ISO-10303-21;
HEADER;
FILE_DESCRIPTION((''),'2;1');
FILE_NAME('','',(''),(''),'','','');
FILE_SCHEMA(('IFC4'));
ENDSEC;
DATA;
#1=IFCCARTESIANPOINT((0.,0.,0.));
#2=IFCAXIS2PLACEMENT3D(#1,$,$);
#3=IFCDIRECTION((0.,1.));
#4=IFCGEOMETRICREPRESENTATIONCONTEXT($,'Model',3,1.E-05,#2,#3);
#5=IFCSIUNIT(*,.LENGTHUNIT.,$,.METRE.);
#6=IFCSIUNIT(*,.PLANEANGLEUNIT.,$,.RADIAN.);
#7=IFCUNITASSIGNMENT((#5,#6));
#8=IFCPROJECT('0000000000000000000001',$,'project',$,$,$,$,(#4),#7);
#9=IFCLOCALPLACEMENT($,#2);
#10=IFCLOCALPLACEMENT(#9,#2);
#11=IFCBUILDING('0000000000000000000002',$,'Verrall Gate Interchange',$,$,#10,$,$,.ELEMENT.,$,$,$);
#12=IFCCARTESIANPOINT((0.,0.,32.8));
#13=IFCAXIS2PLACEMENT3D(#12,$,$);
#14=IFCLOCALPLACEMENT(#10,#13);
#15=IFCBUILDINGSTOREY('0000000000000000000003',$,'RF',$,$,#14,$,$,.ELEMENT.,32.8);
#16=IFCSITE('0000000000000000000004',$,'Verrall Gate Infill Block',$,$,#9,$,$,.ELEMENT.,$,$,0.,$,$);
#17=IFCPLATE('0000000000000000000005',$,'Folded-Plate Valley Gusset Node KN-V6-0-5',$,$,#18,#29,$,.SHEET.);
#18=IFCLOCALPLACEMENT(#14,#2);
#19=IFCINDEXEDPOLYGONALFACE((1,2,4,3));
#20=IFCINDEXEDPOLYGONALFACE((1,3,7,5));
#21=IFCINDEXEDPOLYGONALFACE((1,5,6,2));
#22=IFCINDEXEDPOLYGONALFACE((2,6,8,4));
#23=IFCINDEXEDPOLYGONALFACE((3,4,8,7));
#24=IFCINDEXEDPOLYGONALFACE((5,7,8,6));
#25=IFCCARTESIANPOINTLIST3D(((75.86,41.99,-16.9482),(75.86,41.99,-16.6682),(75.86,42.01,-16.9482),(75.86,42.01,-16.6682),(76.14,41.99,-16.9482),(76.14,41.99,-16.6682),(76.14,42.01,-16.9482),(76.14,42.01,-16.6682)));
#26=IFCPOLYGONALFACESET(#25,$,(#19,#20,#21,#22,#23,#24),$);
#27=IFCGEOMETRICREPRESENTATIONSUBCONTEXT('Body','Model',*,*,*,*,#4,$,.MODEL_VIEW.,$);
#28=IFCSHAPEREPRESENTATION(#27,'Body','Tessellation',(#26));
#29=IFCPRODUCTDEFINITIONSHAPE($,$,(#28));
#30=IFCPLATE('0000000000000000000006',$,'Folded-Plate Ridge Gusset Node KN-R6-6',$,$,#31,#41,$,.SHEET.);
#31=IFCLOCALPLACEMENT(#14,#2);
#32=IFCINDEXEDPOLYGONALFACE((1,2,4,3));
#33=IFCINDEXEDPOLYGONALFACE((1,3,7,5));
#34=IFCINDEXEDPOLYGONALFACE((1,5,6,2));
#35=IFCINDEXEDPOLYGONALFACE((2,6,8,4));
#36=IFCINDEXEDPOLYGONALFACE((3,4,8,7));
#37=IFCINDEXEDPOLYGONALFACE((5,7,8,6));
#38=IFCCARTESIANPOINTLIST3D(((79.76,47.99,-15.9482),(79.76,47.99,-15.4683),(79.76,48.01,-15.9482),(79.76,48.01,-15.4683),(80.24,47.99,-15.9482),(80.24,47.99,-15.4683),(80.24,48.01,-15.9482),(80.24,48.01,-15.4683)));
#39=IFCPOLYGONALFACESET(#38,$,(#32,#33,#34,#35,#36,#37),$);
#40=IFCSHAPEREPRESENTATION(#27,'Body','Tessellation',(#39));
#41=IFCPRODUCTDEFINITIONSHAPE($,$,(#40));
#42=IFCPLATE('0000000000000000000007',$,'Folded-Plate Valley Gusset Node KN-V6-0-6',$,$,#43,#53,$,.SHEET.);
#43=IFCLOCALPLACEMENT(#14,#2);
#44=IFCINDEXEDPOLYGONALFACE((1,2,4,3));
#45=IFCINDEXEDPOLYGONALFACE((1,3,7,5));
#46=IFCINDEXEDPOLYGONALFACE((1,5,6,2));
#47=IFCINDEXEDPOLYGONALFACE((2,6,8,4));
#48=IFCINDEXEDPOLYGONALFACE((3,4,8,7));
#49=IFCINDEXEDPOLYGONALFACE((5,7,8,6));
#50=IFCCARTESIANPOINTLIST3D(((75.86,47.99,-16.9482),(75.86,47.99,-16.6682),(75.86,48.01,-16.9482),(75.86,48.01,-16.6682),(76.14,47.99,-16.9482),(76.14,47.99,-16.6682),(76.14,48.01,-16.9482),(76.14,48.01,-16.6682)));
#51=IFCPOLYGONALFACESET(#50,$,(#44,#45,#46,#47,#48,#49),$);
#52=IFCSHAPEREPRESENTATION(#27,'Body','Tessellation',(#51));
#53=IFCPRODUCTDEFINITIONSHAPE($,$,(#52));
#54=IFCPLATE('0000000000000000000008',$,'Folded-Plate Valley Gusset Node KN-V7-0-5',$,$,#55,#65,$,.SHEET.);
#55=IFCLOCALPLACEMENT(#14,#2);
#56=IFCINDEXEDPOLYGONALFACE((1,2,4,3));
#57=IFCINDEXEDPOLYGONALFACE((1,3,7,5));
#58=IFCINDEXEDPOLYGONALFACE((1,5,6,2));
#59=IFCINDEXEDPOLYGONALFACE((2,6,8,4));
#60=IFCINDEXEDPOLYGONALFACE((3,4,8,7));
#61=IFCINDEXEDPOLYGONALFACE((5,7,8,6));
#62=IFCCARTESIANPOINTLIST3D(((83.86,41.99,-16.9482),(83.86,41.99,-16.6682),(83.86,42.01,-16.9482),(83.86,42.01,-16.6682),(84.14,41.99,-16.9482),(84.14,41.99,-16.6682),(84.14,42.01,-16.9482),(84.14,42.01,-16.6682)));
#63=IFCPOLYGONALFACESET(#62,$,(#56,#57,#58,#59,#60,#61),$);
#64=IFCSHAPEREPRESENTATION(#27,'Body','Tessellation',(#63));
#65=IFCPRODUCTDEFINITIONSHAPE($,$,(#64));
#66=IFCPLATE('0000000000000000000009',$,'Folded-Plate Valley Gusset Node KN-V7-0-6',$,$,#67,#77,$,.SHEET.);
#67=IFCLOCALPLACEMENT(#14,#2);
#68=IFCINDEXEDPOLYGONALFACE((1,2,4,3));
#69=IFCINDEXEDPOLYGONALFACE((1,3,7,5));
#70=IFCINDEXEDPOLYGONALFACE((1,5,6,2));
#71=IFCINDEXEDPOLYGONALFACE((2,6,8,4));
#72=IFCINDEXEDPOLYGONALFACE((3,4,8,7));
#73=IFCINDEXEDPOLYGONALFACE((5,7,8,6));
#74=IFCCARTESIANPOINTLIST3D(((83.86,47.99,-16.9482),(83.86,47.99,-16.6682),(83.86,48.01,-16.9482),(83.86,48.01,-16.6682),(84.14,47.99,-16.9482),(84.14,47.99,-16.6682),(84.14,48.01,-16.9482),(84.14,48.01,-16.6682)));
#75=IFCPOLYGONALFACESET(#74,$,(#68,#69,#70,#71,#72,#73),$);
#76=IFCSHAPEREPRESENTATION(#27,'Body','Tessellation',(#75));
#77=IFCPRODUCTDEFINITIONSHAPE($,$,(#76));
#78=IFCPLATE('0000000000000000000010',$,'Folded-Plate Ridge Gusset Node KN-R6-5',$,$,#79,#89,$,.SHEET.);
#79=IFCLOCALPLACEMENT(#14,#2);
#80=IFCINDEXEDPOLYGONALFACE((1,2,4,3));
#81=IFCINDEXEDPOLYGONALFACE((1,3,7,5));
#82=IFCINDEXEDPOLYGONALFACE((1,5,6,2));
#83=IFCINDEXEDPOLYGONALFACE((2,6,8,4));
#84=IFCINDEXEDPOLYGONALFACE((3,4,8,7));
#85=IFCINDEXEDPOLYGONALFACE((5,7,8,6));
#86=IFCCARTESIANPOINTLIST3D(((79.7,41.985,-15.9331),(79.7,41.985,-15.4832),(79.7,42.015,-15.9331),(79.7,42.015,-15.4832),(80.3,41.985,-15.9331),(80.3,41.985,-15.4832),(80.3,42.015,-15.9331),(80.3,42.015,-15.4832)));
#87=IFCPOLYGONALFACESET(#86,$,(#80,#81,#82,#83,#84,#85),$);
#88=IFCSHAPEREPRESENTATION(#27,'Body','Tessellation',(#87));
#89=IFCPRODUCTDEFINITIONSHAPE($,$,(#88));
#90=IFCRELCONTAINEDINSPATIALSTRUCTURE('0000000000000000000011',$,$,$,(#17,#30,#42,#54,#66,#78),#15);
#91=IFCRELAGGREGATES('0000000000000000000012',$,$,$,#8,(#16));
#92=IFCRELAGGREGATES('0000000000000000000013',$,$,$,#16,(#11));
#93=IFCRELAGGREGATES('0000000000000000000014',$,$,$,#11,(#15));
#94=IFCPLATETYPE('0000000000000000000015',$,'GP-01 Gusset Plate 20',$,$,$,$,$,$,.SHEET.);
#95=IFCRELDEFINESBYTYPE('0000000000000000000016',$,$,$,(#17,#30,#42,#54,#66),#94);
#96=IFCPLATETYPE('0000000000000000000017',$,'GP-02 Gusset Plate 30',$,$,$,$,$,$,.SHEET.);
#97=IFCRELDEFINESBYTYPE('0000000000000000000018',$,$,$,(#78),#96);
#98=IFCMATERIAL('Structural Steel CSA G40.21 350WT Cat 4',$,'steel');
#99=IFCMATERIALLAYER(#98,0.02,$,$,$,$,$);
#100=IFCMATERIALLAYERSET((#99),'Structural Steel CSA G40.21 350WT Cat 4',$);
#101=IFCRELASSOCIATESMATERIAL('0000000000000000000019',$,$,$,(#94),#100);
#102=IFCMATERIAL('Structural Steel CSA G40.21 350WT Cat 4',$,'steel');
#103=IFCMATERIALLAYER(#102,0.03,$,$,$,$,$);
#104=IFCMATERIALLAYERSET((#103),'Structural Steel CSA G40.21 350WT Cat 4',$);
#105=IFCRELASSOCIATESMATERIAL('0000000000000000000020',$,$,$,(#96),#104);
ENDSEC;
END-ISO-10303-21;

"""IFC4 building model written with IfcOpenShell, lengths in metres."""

from ifc_helpers import new_model, si_unit, direction, frame, origin, origin_2d, place, context, subcontext, project, spatial, rectangle, extrude, material, layer, layer_set, type_object, element, save


model = new_model("IFC4")

# Units and contexts
model_context = context("Model", 3, precision=1e-05, world=origin(), true_north=direction((0.0, 1.0)))
body_context = subcontext(model_context, "Body", "Model", "MODEL_VIEW")
ifc_project = project(units=[si_unit("LENGTHUNIT", "METRE"), si_unit("PLANEANGLEUNIT", "RADIAN")], contexts=[model_context])

# Site, building, storey
site_placement = place(None, origin())
site = spatial("IfcSite", under=ifc_project, at=site_placement, Name="Verrall Gate Infill Block", CompositionType="ELEMENT", RefElevation=0.0)
building_placement = place(site_placement, origin())
building = spatial("IfcBuilding", under=site, at=building_placement, Name="Verrall Gate Interchange", CompositionType="ELEMENT")
storey_placement = place(building_placement, frame((0.0, 0.0, 32.8)))
storey = spatial("IfcBuildingStorey", under=building, at=storey_placement, Name="RF", CompositionType="ELEMENT", Elevation=32.8)

# Plates
ifc_material_1 = material(Name="Structural Steel CSA G40.21 350WT Cat 4", Category="steel")
ifc_layer_1 = layer(ifc_material_1, 0.02)
ifc_layer_set_1 = layer_set([ifc_layer_1], Name="Structural Steel CSA G40.21 350WT Cat 4")
plate_type_1 = type_object("IfcPlateType", Name="GP-01 Gusset Plate 20", PredefinedType="SHEET", material=ifc_layer_set_1)
plate_1_placement = place(storey_placement, frame((76.0, 42.0, -16.9482), z_axis=(0.0, 0.0, 1.0), x_axis=(1.0, 0.0, 0.0)))
element("IfcPlate", 1, at=plate_1_placement, inside=storey, type_object=plate_type_1, Name="Folded-Plate Valley Gusset Node KN-V6-0-5", PredefinedType="SHEET", context=body_context, shape_type="SweptSolid", body=[
    extrude(rectangle(XDim=0.28, YDim=0.02, at=origin_2d()), origin(), (0.0, 0.0, 1.0), 0.28),
])
plate_2_placement = place(storey_placement, frame((80.0, 48.0, -15.9482), z_axis=(0.0, 0.0, 1.0), x_axis=(1.0, 0.0, 0.0)))
element("IfcPlate", 2, at=plate_2_placement, inside=storey, type_object=plate_type_1, Name="Folded-Plate Ridge Gusset Node KN-R6-6", PredefinedType="SHEET", context=body_context, shape_type="SweptSolid", body=[
    extrude(rectangle(XDim=0.48, YDim=0.02, at=origin_2d()), origin(), (0.0, 0.0, 1.0), 0.48),
])
for number, where, z_axis, x_axis, name in (
    (3, (76.0, 48.0, -16.9482), (0.0, 0.0, 1.0), (1.0, 0.0, 0.0), "Folded-Plate Valley Gusset Node KN-V6-0-6"),
    (4, (84.0, 42.0, -16.9482), (0.0, 0.0, 1.0), (1.0, 0.0, 0.0), "Folded-Plate Valley Gusset Node KN-V7-0-5"),
    (5, (84.0, 48.0, -16.9482), (0.0, 0.0, 1.0), (1.0, 0.0, 0.0), "Folded-Plate Valley Gusset Node KN-V7-0-6"),
):
    element("IfcPlate", number, at=place(storey_placement, frame(where, z_axis=z_axis, x_axis=x_axis)), inside=storey, type_object=plate_type_1, Name=name, PredefinedType="SHEET", context=body_context, shape_type="SweptSolid", body=[
        extrude(rectangle(XDim=0.28, YDim=0.02, at=origin_2d()), origin(), (0.0, 0.0, 1.0), 0.28),
    ])
ifc_material_2 = material(Name="Structural Steel CSA G40.21 350WT Cat 4", Category="steel")
ifc_layer_2 = layer(ifc_material_2, 0.03)
ifc_layer_set_2 = layer_set([ifc_layer_2], Name="Structural Steel CSA G40.21 350WT Cat 4")
plate_type_2 = type_object("IfcPlateType", Name="GP-02 Gusset Plate 30", PredefinedType="SHEET", material=ifc_layer_set_2)
plate_3_placement = place(storey_placement, frame((80.0, 42.0, -15.9331), z_axis=(0.0, 0.0, 1.0), x_axis=(1.0, 0.0, 0.0)))
element("IfcPlate", 6, at=plate_3_placement, inside=storey, type_object=plate_type_2, Name="Folded-Plate Ridge Gusset Node KN-R6-5", PredefinedType="SHEET", context=body_context, shape_type="SweptSolid", body=[
    extrude(rectangle(XDim=0.6001, YDim=0.03, at=origin_2d()), origin(), (0.0, 0.0, 1.0), 0.45),
])

save(model, "model.ifc")
